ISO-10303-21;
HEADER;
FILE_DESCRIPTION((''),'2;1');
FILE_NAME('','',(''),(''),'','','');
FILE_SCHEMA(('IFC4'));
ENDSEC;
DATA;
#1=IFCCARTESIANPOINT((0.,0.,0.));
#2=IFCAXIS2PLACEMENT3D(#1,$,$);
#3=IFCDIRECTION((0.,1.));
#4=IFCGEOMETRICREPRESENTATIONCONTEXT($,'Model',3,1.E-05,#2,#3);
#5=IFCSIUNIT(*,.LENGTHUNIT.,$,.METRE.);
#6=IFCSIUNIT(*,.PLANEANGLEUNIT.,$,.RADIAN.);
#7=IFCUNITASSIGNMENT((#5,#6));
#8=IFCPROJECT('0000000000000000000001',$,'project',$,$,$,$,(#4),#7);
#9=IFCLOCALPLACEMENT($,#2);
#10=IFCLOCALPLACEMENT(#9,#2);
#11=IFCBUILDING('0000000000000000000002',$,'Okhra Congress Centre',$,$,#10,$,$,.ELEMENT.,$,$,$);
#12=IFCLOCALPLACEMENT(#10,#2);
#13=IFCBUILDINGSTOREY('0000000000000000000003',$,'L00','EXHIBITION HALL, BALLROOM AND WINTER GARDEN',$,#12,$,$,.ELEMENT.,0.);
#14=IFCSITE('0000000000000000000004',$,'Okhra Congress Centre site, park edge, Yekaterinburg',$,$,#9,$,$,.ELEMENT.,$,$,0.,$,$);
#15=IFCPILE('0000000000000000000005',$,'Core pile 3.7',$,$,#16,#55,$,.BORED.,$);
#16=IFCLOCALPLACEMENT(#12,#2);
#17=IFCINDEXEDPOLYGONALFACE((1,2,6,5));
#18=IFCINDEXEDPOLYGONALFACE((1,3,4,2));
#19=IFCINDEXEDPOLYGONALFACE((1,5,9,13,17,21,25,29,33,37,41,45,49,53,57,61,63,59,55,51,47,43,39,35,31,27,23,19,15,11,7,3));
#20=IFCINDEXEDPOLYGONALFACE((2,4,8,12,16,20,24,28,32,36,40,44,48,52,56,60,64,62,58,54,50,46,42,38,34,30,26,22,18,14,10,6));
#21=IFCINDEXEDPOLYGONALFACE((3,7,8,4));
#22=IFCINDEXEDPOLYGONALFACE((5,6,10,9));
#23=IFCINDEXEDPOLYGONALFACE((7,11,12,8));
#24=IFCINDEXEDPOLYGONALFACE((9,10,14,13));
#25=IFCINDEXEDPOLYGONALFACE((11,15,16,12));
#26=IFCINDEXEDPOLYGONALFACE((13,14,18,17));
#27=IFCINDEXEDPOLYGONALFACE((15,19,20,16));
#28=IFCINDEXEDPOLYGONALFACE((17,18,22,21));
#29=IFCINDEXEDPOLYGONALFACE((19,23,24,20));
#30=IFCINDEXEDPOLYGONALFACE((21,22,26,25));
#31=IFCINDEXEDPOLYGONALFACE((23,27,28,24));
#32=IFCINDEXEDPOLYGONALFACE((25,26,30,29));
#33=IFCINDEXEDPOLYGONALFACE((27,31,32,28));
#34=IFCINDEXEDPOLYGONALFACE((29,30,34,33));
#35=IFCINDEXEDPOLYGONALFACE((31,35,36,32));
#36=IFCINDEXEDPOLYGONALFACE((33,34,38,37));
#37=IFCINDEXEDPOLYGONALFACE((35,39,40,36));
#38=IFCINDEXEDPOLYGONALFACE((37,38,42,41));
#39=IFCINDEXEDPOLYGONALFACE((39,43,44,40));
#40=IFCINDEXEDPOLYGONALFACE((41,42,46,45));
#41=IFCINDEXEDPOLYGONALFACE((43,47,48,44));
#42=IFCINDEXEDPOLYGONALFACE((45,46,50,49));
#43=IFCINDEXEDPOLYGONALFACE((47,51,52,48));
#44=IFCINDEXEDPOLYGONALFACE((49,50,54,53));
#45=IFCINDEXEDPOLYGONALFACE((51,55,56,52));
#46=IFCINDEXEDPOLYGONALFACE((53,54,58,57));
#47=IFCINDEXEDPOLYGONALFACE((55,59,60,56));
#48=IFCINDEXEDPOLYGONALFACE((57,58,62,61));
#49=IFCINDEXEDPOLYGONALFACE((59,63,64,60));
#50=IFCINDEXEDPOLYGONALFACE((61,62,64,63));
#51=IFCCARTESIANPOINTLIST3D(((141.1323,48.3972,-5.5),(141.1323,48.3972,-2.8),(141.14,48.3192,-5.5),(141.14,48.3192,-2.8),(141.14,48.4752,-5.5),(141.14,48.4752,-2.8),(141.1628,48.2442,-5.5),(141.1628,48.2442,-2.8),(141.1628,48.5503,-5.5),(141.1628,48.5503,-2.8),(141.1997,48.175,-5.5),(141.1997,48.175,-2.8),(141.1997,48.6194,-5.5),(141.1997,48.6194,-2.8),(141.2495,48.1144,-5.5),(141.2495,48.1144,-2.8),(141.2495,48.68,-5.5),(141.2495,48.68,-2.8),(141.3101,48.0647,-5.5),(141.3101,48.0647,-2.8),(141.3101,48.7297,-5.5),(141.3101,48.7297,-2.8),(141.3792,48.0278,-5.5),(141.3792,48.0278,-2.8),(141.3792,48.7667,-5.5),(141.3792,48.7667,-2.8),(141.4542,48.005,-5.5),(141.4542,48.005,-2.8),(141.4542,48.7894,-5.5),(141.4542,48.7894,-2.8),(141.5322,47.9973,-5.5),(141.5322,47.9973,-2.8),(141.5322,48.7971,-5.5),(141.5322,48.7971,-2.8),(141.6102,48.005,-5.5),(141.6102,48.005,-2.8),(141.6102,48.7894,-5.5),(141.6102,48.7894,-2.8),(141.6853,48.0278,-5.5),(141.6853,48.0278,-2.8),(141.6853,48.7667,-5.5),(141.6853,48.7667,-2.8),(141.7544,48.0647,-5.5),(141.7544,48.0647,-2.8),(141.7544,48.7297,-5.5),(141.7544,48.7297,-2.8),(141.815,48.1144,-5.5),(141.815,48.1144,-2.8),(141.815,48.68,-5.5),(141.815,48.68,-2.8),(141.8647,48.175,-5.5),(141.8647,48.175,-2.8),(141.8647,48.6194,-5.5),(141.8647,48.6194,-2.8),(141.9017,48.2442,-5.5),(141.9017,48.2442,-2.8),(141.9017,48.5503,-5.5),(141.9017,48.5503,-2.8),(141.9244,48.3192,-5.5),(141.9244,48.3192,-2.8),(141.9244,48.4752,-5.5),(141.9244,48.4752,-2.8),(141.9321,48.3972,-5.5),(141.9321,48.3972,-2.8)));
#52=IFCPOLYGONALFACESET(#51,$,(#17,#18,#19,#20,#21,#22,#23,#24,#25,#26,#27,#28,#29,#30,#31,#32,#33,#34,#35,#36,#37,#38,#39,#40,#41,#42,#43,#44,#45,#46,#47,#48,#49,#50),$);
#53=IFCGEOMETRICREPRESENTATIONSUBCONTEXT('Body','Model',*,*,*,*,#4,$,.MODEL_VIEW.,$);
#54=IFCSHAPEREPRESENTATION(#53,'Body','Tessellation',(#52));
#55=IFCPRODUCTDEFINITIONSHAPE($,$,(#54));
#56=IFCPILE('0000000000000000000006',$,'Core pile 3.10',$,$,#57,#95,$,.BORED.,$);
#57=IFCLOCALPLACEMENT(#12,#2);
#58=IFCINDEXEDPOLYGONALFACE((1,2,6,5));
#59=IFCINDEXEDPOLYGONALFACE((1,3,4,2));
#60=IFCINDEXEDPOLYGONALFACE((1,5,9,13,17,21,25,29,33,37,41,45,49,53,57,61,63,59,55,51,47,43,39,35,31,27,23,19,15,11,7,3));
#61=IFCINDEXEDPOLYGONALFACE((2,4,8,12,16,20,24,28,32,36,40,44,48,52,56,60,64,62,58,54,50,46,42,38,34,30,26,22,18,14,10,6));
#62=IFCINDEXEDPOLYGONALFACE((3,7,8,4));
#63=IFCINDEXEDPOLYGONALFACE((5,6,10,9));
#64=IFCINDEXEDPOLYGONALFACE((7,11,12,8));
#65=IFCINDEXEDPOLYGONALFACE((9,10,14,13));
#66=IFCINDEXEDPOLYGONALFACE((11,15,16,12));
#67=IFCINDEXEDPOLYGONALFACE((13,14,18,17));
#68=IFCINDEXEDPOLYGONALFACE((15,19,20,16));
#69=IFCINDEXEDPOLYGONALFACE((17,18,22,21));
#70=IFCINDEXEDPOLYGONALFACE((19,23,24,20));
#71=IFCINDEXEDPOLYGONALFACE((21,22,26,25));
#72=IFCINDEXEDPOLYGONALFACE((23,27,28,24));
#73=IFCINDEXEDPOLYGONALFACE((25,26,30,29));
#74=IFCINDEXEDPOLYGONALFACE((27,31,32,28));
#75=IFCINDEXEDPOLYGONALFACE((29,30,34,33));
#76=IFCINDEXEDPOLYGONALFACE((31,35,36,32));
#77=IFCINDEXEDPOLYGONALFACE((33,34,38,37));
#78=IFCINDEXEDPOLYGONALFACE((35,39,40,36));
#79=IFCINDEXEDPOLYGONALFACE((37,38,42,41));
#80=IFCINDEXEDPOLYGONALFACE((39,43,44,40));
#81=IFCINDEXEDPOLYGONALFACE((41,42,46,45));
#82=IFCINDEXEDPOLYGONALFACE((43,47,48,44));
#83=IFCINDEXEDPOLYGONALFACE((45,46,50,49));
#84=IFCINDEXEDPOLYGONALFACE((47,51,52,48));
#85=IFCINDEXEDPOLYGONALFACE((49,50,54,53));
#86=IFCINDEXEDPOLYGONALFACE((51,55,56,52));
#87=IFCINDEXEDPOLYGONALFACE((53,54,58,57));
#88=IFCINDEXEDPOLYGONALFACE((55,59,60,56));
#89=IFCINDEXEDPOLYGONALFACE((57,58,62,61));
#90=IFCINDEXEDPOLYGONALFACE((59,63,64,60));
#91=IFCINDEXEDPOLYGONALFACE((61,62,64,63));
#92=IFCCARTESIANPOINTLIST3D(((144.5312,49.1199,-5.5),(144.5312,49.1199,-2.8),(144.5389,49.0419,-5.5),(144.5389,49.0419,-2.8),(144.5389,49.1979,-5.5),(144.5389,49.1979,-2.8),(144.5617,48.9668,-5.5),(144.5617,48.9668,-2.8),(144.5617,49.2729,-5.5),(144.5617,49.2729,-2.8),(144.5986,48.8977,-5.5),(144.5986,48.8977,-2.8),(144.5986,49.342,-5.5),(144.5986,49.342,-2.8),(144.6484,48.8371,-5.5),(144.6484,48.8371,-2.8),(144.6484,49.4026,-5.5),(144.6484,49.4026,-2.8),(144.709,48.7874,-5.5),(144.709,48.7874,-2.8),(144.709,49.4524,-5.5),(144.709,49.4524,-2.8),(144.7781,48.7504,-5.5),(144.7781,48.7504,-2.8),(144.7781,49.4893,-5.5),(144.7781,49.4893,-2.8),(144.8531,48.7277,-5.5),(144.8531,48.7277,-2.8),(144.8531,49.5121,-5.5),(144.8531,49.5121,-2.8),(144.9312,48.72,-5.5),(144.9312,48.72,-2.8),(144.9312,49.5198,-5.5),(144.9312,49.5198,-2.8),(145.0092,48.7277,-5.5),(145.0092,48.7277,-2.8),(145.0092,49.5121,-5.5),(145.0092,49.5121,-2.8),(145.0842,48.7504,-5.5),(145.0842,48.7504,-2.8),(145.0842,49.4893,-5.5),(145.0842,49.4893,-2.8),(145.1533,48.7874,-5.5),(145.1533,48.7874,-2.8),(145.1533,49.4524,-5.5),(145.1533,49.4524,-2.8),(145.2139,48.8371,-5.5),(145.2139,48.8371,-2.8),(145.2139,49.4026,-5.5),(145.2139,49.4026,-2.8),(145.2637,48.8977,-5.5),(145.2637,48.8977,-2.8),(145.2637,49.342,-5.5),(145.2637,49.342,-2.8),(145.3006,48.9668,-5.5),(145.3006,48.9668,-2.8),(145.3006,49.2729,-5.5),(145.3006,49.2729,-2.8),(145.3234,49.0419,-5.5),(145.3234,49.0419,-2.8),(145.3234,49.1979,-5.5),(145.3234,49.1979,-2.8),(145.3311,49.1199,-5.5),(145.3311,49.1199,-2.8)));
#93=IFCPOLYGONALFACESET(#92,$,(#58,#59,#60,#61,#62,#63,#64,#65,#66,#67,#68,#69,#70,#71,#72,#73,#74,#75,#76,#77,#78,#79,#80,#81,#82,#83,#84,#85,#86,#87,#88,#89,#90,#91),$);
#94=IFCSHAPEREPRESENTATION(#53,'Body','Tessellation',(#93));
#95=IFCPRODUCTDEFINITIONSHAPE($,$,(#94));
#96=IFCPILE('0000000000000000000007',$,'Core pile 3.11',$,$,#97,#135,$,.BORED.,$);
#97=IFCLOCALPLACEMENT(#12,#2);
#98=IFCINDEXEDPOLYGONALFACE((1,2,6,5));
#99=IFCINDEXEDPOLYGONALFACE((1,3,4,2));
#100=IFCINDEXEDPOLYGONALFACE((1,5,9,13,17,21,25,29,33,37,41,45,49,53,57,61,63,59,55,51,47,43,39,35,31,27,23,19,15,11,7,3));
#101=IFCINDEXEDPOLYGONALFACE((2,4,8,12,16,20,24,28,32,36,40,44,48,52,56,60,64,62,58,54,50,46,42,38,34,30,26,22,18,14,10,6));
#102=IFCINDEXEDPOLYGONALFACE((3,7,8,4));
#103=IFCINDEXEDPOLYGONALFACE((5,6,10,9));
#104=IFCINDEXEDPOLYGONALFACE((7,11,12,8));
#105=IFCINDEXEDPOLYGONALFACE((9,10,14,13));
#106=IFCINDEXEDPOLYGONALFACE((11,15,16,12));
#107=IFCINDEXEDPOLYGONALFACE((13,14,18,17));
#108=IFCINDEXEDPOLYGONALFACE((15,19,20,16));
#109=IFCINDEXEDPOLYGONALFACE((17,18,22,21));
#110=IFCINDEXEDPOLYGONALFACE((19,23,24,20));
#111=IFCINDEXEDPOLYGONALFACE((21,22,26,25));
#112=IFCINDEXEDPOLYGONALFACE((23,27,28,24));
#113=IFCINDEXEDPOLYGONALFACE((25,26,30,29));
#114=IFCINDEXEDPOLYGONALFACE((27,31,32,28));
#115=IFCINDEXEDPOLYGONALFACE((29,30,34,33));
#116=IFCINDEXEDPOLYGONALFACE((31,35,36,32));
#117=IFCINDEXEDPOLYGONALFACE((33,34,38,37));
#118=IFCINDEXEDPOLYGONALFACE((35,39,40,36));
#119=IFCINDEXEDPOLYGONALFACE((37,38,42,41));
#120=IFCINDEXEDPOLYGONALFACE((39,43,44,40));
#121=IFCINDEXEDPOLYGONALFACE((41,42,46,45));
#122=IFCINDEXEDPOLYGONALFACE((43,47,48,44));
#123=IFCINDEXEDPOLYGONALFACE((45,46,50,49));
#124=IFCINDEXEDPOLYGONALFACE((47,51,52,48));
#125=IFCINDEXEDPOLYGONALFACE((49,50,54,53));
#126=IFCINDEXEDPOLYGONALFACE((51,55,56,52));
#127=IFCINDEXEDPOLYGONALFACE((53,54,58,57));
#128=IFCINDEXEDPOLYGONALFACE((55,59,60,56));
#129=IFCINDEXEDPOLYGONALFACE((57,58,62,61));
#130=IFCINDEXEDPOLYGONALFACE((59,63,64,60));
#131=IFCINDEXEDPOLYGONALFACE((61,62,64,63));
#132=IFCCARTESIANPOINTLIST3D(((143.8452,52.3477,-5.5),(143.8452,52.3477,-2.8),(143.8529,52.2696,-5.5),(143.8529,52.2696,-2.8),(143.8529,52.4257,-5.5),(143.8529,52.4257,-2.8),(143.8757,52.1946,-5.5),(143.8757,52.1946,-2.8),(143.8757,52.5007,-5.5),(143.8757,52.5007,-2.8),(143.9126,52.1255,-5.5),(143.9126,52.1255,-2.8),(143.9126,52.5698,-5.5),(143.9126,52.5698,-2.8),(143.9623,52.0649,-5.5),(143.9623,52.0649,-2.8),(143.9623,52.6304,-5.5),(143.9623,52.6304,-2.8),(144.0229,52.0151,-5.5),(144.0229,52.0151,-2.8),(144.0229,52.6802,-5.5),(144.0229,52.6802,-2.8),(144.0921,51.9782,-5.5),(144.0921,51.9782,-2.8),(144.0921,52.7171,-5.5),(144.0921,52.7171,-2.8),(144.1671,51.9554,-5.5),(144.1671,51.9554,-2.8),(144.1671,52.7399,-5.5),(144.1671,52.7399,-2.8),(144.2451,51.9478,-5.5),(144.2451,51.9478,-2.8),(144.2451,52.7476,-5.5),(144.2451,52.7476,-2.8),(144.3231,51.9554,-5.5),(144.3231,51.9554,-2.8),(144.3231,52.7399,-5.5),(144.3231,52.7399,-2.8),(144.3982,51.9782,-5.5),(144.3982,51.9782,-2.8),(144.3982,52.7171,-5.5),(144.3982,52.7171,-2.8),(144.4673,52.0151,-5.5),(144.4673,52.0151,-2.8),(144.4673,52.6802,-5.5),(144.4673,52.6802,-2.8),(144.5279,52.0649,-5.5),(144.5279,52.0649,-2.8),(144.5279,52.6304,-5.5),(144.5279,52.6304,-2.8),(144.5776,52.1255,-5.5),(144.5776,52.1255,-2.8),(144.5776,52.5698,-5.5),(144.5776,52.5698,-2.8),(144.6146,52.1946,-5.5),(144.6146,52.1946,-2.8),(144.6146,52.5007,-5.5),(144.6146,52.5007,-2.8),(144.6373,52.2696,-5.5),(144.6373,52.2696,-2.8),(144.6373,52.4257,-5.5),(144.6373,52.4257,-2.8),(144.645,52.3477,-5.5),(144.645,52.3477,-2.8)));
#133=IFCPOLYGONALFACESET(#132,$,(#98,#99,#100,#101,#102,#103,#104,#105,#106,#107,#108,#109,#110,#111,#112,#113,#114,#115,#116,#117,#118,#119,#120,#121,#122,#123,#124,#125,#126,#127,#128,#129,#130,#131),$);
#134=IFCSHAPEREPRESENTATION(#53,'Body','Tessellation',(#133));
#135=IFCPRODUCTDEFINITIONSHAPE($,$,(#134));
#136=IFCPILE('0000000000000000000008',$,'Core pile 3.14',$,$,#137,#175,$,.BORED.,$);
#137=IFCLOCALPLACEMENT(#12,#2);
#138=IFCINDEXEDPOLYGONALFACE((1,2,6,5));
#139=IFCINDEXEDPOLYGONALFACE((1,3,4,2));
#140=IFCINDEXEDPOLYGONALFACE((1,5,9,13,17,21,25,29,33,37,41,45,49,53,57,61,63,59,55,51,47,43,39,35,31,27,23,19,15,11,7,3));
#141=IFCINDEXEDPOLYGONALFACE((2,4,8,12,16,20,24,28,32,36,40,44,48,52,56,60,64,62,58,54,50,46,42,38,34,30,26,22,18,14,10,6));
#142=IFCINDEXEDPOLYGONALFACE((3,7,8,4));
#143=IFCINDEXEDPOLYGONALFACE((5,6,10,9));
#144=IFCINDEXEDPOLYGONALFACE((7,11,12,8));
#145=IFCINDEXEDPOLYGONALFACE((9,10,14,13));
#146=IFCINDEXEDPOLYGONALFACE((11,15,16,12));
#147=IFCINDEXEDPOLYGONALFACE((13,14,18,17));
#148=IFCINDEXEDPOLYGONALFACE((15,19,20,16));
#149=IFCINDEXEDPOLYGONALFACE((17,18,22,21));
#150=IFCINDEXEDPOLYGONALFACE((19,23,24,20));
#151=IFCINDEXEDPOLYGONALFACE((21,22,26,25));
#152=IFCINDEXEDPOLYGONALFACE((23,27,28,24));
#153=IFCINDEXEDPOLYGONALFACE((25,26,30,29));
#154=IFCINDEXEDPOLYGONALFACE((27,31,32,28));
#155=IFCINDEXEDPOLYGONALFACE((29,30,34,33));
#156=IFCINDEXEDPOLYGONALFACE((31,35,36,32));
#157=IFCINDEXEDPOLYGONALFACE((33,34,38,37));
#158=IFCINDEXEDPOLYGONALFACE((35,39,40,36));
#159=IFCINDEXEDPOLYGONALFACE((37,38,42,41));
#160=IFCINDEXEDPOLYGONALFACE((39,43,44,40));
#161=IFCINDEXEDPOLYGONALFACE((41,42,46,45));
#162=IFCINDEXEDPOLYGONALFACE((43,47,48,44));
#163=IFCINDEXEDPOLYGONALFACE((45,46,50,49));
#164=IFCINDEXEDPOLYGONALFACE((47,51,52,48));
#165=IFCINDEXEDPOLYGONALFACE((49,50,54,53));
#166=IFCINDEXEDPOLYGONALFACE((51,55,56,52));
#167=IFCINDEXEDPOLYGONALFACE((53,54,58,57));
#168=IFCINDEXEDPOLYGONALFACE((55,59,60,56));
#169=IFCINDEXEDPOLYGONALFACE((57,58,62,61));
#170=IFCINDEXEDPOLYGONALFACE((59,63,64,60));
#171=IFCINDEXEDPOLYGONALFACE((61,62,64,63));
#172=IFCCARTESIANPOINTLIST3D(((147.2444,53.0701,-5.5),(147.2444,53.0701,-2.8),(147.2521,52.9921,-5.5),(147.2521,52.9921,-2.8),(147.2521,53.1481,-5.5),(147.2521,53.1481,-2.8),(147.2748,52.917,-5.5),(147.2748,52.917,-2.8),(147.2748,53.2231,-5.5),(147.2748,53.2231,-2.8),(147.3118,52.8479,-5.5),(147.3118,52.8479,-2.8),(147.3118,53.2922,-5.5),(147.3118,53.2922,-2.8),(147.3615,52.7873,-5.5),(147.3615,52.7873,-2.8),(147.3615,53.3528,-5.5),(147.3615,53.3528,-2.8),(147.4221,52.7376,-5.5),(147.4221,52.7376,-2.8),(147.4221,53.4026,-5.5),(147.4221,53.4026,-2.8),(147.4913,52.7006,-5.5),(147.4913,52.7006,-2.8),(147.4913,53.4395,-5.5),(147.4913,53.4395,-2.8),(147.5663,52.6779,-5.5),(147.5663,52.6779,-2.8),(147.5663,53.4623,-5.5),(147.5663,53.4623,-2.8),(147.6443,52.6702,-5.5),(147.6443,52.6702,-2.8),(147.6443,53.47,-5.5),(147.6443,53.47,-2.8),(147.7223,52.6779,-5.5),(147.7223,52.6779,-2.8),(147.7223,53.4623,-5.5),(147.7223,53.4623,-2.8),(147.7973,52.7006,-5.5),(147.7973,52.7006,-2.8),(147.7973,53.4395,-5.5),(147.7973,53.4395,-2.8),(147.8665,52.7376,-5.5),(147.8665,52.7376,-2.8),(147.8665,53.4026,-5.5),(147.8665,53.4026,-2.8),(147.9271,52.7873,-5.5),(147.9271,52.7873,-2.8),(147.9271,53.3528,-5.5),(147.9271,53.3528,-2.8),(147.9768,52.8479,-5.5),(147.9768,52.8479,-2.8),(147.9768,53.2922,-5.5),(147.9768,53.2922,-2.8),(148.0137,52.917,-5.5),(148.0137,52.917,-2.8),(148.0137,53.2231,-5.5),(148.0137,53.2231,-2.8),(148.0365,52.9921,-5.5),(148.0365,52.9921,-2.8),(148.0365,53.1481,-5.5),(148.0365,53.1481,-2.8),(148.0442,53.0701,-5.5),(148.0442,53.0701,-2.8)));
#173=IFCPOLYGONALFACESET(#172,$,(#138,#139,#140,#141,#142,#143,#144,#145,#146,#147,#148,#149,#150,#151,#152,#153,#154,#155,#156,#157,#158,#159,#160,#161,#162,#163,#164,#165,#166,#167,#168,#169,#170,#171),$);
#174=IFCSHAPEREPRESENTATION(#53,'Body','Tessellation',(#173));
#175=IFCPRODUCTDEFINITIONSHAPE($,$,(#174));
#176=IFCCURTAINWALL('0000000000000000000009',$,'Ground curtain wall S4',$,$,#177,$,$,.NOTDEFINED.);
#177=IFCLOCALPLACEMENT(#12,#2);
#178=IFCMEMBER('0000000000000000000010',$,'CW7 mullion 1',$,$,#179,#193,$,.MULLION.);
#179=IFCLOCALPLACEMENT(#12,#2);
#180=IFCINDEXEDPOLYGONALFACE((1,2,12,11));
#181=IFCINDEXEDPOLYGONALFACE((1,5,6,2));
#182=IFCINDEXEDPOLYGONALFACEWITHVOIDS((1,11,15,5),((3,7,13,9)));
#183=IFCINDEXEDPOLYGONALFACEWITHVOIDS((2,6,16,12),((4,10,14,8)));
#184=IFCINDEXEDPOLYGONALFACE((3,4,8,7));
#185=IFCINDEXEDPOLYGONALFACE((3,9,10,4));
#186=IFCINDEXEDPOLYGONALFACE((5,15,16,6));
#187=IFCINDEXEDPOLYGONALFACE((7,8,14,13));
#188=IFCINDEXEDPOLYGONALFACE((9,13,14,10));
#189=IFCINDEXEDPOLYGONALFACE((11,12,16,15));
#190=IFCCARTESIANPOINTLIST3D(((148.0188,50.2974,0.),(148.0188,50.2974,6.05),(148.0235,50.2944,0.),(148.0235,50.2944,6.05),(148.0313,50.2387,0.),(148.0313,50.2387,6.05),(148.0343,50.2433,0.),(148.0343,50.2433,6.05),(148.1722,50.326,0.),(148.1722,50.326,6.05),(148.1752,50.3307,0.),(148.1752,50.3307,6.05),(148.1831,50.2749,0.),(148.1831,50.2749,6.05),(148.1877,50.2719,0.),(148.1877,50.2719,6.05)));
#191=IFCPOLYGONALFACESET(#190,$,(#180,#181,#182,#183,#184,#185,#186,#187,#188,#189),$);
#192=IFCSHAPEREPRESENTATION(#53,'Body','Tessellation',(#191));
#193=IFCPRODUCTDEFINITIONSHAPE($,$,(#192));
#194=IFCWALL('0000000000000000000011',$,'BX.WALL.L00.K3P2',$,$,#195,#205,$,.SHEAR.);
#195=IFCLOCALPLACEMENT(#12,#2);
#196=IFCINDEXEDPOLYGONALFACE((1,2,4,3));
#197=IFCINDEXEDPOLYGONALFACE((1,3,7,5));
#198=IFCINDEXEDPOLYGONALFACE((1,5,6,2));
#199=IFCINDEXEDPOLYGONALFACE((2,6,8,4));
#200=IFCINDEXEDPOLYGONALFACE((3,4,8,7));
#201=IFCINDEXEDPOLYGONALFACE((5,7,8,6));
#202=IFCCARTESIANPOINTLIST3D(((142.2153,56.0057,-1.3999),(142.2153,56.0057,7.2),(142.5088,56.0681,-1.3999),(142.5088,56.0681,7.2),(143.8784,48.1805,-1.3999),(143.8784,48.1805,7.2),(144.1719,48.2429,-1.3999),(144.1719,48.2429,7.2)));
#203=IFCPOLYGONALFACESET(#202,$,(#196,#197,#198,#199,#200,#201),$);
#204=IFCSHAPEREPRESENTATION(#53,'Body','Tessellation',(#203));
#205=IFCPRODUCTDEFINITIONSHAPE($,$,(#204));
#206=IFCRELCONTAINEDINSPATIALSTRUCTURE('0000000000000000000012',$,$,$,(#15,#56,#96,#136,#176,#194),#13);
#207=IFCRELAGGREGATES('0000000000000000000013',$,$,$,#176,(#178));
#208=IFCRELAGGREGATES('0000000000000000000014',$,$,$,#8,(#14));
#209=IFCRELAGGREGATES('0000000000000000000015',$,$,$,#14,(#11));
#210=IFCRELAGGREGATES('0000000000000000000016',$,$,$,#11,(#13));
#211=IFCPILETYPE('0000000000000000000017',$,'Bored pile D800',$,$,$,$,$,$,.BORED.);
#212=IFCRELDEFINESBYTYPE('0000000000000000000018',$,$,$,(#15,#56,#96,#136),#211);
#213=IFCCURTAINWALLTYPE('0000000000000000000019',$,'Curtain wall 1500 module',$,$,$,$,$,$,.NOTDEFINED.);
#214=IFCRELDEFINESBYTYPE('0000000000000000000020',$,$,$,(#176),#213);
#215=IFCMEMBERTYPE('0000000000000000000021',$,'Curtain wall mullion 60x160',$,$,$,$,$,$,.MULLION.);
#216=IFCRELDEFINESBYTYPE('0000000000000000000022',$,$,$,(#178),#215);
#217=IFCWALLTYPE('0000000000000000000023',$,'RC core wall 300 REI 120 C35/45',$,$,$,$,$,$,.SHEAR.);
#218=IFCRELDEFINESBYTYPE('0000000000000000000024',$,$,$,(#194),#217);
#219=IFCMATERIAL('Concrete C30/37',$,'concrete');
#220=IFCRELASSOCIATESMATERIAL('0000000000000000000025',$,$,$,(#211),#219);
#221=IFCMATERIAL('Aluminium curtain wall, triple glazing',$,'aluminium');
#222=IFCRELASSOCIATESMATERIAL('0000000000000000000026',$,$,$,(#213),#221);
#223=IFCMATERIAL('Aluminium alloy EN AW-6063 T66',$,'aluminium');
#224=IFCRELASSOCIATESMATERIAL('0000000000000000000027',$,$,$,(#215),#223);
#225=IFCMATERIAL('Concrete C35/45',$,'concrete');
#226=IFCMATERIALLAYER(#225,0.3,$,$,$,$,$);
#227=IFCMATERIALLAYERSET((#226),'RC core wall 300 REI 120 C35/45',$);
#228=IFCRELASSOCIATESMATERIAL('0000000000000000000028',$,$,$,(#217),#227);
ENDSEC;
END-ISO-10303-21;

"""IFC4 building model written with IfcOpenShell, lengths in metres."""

from ifc_helpers import new_model, si_unit, direction, frame, frame_2d, origin, origin_2d, place, context, subcontext, project, spatial, rectangle, hollow_rectangle, circle, extrude, material, layer, layer_set, material_profile, profile_set, type_object, element, aggregate, save


model = new_model("IFC4")

# Units and contexts
model_context = context("Model", 3, precision=1e-05, world=origin(), true_north=direction((0.0, 1.0)))
body_context = subcontext(model_context, "Body", "Model", "MODEL_VIEW")
ifc_project = project(units=[si_unit("LENGTHUNIT", "METRE"), si_unit("PLANEANGLEUNIT", "RADIAN")], contexts=[model_context])

# Site, building, storey
site_placement = place(None, origin())
site = spatial("IfcSite", under=ifc_project, at=site_placement, Name="Okhra Congress Centre site, park edge, Yekaterinburg", CompositionType="ELEMENT", RefElevation=0.0)
building_placement = place(site_placement, origin())
building = spatial("IfcBuilding", under=site, at=building_placement, Name="Okhra Congress Centre", CompositionType="ELEMENT")
storey_placement = place(building_placement, origin())
storey = spatial("IfcBuildingStorey", under=building, at=storey_placement, Name="L00", Description="EXHIBITION HALL, BALLROOM AND WINTER GARDEN", CompositionType="ELEMENT", Elevation=0.0)

# Piles
ifc_material_1 = material(Name="Concrete C30/37", Category="concrete")
ifc_material_profile_1 = material_profile(ifc_material_1, circle(Radius=0.3999, at=origin_2d()), Name="D800")
ifc_profile_set_1 = profile_set([ifc_material_profile_1], Name="Concrete C30/37")
pile_type = type_object("IfcPileType", Name="Bored pile D800", PredefinedType="BORED", material=ifc_profile_set_1)
for number, where, z_axis, x_axis, name in (
    (1, (141.5322, 48.3972, -2.8), (0.0, 0.0, -1.0), (1.0, 0.0, 0.0), "Core pile 3.7"),
    (2, (144.9312, 49.1199, -2.8), (0.0, 0.0, -1.0), (1.0, 0.0, 0.0), "Core pile 3.10"),
    (3, (144.2451, 52.3477, -2.8), (0.0, 0.0, -1.0), (1.0, 0.0, 0.0), "Core pile 3.11"),
    (4, (147.6443, 53.0701, -2.8), (0.0, 0.0, -1.0), (1.0, 0.0, 0.0), "Core pile 3.14"),
):
    element("IfcPile", number, at=place(storey_placement, frame(where, z_axis=z_axis, x_axis=x_axis)), inside=storey, type_object=pile_type, Name=name, PredefinedType="BORED", context=body_context, shape_type="SweptSolid", body=[
        extrude(circle(Radius=0.3999, at=origin_2d()), origin(), (0.0, 0.0, 1.0), 2.7),
    ])

# Curtain wall, member
ifc_material_2 = material(Name="Aluminium curtain wall, triple glazing", Category="aluminium")
curtain_wall_type = type_object("IfcCurtainWallType", Name="Curtain wall 1500 module", PredefinedType="NOTDEFINED", material=ifc_material_2)
curtain_wall_placement = place(storey_placement, origin())
curtain_wall = element("IfcCurtainWall", 5, at=curtain_wall_placement, inside=storey, type_object=curtain_wall_type, Name="Ground curtain wall S4", PredefinedType="NOTDEFINED")
ifc_material_3 = material(Name="Aluminium alloy EN AW-6063 T66", Category="aluminium")
ifc_material_profile_2 = material_profile(ifc_material_3, hollow_rectangle(XDim=0.0601, YDim=0.1599, WallThickness=0.0039, at=origin_2d()), Name="RHS 60x160x4")
ifc_profile_set_2 = profile_set([ifc_material_profile_2], Name="Aluminium alloy EN AW-6063 T66")
member_type = type_object("IfcMemberType", Name="Curtain wall mullion 60x160", PredefinedType="MULLION", material=ifc_profile_set_2)
member_placement = place(storey_placement, frame((148.1033, 50.2847, 0.0), z_axis=(0.0, 0.0, 1.0), x_axis=(-0.207912, 0.978148, 0.0)))
member = element("IfcMember", 6, at=member_placement, type_object=member_type, Name="CW7 mullion 1", PredefinedType="MULLION", context=body_context, shape_type="SweptSolid", body=[
    extrude(hollow_rectangle(XDim=0.0601, YDim=0.1599, WallThickness=0.0039, at=origin_2d()), origin(), (0.0, 0.0, 1.0), 6.05),
])
aggregate(curtain_wall, [member])

# Wall
ifc_material_4 = material(Name="Concrete C35/45", Category="concrete")
ifc_layer = layer(ifc_material_4, 0.3)
ifc_layer_set = layer_set([ifc_layer], Name="RC core wall 300 REI 120 C35/45")
wall_type = type_object("IfcWallType", Name="RC core wall 300 REI 120 C35/45", PredefinedType="SHEAR", material=ifc_layer_set)
wall_placement = place(storey_placement, frame((144.0251, 48.2117, -1.3999), z_axis=(0.0, 0.0, 1.0), x_axis=(-0.207886, 0.978153, 0.0)))
element("IfcWall", 7, at=wall_placement, inside=storey, type_object=wall_type, Name="BX.WALL.L00.K3P2", PredefinedType="SHEAR", context=body_context, shape_type="SweptSolid", body=[
    extrude(rectangle(XDim=8.0, YDim=0.3, at=frame_2d((4.0, 0.0))), origin(), (0.0, 0.0, 1.0), 8.5999),
])

save(model, "model.ifc")
